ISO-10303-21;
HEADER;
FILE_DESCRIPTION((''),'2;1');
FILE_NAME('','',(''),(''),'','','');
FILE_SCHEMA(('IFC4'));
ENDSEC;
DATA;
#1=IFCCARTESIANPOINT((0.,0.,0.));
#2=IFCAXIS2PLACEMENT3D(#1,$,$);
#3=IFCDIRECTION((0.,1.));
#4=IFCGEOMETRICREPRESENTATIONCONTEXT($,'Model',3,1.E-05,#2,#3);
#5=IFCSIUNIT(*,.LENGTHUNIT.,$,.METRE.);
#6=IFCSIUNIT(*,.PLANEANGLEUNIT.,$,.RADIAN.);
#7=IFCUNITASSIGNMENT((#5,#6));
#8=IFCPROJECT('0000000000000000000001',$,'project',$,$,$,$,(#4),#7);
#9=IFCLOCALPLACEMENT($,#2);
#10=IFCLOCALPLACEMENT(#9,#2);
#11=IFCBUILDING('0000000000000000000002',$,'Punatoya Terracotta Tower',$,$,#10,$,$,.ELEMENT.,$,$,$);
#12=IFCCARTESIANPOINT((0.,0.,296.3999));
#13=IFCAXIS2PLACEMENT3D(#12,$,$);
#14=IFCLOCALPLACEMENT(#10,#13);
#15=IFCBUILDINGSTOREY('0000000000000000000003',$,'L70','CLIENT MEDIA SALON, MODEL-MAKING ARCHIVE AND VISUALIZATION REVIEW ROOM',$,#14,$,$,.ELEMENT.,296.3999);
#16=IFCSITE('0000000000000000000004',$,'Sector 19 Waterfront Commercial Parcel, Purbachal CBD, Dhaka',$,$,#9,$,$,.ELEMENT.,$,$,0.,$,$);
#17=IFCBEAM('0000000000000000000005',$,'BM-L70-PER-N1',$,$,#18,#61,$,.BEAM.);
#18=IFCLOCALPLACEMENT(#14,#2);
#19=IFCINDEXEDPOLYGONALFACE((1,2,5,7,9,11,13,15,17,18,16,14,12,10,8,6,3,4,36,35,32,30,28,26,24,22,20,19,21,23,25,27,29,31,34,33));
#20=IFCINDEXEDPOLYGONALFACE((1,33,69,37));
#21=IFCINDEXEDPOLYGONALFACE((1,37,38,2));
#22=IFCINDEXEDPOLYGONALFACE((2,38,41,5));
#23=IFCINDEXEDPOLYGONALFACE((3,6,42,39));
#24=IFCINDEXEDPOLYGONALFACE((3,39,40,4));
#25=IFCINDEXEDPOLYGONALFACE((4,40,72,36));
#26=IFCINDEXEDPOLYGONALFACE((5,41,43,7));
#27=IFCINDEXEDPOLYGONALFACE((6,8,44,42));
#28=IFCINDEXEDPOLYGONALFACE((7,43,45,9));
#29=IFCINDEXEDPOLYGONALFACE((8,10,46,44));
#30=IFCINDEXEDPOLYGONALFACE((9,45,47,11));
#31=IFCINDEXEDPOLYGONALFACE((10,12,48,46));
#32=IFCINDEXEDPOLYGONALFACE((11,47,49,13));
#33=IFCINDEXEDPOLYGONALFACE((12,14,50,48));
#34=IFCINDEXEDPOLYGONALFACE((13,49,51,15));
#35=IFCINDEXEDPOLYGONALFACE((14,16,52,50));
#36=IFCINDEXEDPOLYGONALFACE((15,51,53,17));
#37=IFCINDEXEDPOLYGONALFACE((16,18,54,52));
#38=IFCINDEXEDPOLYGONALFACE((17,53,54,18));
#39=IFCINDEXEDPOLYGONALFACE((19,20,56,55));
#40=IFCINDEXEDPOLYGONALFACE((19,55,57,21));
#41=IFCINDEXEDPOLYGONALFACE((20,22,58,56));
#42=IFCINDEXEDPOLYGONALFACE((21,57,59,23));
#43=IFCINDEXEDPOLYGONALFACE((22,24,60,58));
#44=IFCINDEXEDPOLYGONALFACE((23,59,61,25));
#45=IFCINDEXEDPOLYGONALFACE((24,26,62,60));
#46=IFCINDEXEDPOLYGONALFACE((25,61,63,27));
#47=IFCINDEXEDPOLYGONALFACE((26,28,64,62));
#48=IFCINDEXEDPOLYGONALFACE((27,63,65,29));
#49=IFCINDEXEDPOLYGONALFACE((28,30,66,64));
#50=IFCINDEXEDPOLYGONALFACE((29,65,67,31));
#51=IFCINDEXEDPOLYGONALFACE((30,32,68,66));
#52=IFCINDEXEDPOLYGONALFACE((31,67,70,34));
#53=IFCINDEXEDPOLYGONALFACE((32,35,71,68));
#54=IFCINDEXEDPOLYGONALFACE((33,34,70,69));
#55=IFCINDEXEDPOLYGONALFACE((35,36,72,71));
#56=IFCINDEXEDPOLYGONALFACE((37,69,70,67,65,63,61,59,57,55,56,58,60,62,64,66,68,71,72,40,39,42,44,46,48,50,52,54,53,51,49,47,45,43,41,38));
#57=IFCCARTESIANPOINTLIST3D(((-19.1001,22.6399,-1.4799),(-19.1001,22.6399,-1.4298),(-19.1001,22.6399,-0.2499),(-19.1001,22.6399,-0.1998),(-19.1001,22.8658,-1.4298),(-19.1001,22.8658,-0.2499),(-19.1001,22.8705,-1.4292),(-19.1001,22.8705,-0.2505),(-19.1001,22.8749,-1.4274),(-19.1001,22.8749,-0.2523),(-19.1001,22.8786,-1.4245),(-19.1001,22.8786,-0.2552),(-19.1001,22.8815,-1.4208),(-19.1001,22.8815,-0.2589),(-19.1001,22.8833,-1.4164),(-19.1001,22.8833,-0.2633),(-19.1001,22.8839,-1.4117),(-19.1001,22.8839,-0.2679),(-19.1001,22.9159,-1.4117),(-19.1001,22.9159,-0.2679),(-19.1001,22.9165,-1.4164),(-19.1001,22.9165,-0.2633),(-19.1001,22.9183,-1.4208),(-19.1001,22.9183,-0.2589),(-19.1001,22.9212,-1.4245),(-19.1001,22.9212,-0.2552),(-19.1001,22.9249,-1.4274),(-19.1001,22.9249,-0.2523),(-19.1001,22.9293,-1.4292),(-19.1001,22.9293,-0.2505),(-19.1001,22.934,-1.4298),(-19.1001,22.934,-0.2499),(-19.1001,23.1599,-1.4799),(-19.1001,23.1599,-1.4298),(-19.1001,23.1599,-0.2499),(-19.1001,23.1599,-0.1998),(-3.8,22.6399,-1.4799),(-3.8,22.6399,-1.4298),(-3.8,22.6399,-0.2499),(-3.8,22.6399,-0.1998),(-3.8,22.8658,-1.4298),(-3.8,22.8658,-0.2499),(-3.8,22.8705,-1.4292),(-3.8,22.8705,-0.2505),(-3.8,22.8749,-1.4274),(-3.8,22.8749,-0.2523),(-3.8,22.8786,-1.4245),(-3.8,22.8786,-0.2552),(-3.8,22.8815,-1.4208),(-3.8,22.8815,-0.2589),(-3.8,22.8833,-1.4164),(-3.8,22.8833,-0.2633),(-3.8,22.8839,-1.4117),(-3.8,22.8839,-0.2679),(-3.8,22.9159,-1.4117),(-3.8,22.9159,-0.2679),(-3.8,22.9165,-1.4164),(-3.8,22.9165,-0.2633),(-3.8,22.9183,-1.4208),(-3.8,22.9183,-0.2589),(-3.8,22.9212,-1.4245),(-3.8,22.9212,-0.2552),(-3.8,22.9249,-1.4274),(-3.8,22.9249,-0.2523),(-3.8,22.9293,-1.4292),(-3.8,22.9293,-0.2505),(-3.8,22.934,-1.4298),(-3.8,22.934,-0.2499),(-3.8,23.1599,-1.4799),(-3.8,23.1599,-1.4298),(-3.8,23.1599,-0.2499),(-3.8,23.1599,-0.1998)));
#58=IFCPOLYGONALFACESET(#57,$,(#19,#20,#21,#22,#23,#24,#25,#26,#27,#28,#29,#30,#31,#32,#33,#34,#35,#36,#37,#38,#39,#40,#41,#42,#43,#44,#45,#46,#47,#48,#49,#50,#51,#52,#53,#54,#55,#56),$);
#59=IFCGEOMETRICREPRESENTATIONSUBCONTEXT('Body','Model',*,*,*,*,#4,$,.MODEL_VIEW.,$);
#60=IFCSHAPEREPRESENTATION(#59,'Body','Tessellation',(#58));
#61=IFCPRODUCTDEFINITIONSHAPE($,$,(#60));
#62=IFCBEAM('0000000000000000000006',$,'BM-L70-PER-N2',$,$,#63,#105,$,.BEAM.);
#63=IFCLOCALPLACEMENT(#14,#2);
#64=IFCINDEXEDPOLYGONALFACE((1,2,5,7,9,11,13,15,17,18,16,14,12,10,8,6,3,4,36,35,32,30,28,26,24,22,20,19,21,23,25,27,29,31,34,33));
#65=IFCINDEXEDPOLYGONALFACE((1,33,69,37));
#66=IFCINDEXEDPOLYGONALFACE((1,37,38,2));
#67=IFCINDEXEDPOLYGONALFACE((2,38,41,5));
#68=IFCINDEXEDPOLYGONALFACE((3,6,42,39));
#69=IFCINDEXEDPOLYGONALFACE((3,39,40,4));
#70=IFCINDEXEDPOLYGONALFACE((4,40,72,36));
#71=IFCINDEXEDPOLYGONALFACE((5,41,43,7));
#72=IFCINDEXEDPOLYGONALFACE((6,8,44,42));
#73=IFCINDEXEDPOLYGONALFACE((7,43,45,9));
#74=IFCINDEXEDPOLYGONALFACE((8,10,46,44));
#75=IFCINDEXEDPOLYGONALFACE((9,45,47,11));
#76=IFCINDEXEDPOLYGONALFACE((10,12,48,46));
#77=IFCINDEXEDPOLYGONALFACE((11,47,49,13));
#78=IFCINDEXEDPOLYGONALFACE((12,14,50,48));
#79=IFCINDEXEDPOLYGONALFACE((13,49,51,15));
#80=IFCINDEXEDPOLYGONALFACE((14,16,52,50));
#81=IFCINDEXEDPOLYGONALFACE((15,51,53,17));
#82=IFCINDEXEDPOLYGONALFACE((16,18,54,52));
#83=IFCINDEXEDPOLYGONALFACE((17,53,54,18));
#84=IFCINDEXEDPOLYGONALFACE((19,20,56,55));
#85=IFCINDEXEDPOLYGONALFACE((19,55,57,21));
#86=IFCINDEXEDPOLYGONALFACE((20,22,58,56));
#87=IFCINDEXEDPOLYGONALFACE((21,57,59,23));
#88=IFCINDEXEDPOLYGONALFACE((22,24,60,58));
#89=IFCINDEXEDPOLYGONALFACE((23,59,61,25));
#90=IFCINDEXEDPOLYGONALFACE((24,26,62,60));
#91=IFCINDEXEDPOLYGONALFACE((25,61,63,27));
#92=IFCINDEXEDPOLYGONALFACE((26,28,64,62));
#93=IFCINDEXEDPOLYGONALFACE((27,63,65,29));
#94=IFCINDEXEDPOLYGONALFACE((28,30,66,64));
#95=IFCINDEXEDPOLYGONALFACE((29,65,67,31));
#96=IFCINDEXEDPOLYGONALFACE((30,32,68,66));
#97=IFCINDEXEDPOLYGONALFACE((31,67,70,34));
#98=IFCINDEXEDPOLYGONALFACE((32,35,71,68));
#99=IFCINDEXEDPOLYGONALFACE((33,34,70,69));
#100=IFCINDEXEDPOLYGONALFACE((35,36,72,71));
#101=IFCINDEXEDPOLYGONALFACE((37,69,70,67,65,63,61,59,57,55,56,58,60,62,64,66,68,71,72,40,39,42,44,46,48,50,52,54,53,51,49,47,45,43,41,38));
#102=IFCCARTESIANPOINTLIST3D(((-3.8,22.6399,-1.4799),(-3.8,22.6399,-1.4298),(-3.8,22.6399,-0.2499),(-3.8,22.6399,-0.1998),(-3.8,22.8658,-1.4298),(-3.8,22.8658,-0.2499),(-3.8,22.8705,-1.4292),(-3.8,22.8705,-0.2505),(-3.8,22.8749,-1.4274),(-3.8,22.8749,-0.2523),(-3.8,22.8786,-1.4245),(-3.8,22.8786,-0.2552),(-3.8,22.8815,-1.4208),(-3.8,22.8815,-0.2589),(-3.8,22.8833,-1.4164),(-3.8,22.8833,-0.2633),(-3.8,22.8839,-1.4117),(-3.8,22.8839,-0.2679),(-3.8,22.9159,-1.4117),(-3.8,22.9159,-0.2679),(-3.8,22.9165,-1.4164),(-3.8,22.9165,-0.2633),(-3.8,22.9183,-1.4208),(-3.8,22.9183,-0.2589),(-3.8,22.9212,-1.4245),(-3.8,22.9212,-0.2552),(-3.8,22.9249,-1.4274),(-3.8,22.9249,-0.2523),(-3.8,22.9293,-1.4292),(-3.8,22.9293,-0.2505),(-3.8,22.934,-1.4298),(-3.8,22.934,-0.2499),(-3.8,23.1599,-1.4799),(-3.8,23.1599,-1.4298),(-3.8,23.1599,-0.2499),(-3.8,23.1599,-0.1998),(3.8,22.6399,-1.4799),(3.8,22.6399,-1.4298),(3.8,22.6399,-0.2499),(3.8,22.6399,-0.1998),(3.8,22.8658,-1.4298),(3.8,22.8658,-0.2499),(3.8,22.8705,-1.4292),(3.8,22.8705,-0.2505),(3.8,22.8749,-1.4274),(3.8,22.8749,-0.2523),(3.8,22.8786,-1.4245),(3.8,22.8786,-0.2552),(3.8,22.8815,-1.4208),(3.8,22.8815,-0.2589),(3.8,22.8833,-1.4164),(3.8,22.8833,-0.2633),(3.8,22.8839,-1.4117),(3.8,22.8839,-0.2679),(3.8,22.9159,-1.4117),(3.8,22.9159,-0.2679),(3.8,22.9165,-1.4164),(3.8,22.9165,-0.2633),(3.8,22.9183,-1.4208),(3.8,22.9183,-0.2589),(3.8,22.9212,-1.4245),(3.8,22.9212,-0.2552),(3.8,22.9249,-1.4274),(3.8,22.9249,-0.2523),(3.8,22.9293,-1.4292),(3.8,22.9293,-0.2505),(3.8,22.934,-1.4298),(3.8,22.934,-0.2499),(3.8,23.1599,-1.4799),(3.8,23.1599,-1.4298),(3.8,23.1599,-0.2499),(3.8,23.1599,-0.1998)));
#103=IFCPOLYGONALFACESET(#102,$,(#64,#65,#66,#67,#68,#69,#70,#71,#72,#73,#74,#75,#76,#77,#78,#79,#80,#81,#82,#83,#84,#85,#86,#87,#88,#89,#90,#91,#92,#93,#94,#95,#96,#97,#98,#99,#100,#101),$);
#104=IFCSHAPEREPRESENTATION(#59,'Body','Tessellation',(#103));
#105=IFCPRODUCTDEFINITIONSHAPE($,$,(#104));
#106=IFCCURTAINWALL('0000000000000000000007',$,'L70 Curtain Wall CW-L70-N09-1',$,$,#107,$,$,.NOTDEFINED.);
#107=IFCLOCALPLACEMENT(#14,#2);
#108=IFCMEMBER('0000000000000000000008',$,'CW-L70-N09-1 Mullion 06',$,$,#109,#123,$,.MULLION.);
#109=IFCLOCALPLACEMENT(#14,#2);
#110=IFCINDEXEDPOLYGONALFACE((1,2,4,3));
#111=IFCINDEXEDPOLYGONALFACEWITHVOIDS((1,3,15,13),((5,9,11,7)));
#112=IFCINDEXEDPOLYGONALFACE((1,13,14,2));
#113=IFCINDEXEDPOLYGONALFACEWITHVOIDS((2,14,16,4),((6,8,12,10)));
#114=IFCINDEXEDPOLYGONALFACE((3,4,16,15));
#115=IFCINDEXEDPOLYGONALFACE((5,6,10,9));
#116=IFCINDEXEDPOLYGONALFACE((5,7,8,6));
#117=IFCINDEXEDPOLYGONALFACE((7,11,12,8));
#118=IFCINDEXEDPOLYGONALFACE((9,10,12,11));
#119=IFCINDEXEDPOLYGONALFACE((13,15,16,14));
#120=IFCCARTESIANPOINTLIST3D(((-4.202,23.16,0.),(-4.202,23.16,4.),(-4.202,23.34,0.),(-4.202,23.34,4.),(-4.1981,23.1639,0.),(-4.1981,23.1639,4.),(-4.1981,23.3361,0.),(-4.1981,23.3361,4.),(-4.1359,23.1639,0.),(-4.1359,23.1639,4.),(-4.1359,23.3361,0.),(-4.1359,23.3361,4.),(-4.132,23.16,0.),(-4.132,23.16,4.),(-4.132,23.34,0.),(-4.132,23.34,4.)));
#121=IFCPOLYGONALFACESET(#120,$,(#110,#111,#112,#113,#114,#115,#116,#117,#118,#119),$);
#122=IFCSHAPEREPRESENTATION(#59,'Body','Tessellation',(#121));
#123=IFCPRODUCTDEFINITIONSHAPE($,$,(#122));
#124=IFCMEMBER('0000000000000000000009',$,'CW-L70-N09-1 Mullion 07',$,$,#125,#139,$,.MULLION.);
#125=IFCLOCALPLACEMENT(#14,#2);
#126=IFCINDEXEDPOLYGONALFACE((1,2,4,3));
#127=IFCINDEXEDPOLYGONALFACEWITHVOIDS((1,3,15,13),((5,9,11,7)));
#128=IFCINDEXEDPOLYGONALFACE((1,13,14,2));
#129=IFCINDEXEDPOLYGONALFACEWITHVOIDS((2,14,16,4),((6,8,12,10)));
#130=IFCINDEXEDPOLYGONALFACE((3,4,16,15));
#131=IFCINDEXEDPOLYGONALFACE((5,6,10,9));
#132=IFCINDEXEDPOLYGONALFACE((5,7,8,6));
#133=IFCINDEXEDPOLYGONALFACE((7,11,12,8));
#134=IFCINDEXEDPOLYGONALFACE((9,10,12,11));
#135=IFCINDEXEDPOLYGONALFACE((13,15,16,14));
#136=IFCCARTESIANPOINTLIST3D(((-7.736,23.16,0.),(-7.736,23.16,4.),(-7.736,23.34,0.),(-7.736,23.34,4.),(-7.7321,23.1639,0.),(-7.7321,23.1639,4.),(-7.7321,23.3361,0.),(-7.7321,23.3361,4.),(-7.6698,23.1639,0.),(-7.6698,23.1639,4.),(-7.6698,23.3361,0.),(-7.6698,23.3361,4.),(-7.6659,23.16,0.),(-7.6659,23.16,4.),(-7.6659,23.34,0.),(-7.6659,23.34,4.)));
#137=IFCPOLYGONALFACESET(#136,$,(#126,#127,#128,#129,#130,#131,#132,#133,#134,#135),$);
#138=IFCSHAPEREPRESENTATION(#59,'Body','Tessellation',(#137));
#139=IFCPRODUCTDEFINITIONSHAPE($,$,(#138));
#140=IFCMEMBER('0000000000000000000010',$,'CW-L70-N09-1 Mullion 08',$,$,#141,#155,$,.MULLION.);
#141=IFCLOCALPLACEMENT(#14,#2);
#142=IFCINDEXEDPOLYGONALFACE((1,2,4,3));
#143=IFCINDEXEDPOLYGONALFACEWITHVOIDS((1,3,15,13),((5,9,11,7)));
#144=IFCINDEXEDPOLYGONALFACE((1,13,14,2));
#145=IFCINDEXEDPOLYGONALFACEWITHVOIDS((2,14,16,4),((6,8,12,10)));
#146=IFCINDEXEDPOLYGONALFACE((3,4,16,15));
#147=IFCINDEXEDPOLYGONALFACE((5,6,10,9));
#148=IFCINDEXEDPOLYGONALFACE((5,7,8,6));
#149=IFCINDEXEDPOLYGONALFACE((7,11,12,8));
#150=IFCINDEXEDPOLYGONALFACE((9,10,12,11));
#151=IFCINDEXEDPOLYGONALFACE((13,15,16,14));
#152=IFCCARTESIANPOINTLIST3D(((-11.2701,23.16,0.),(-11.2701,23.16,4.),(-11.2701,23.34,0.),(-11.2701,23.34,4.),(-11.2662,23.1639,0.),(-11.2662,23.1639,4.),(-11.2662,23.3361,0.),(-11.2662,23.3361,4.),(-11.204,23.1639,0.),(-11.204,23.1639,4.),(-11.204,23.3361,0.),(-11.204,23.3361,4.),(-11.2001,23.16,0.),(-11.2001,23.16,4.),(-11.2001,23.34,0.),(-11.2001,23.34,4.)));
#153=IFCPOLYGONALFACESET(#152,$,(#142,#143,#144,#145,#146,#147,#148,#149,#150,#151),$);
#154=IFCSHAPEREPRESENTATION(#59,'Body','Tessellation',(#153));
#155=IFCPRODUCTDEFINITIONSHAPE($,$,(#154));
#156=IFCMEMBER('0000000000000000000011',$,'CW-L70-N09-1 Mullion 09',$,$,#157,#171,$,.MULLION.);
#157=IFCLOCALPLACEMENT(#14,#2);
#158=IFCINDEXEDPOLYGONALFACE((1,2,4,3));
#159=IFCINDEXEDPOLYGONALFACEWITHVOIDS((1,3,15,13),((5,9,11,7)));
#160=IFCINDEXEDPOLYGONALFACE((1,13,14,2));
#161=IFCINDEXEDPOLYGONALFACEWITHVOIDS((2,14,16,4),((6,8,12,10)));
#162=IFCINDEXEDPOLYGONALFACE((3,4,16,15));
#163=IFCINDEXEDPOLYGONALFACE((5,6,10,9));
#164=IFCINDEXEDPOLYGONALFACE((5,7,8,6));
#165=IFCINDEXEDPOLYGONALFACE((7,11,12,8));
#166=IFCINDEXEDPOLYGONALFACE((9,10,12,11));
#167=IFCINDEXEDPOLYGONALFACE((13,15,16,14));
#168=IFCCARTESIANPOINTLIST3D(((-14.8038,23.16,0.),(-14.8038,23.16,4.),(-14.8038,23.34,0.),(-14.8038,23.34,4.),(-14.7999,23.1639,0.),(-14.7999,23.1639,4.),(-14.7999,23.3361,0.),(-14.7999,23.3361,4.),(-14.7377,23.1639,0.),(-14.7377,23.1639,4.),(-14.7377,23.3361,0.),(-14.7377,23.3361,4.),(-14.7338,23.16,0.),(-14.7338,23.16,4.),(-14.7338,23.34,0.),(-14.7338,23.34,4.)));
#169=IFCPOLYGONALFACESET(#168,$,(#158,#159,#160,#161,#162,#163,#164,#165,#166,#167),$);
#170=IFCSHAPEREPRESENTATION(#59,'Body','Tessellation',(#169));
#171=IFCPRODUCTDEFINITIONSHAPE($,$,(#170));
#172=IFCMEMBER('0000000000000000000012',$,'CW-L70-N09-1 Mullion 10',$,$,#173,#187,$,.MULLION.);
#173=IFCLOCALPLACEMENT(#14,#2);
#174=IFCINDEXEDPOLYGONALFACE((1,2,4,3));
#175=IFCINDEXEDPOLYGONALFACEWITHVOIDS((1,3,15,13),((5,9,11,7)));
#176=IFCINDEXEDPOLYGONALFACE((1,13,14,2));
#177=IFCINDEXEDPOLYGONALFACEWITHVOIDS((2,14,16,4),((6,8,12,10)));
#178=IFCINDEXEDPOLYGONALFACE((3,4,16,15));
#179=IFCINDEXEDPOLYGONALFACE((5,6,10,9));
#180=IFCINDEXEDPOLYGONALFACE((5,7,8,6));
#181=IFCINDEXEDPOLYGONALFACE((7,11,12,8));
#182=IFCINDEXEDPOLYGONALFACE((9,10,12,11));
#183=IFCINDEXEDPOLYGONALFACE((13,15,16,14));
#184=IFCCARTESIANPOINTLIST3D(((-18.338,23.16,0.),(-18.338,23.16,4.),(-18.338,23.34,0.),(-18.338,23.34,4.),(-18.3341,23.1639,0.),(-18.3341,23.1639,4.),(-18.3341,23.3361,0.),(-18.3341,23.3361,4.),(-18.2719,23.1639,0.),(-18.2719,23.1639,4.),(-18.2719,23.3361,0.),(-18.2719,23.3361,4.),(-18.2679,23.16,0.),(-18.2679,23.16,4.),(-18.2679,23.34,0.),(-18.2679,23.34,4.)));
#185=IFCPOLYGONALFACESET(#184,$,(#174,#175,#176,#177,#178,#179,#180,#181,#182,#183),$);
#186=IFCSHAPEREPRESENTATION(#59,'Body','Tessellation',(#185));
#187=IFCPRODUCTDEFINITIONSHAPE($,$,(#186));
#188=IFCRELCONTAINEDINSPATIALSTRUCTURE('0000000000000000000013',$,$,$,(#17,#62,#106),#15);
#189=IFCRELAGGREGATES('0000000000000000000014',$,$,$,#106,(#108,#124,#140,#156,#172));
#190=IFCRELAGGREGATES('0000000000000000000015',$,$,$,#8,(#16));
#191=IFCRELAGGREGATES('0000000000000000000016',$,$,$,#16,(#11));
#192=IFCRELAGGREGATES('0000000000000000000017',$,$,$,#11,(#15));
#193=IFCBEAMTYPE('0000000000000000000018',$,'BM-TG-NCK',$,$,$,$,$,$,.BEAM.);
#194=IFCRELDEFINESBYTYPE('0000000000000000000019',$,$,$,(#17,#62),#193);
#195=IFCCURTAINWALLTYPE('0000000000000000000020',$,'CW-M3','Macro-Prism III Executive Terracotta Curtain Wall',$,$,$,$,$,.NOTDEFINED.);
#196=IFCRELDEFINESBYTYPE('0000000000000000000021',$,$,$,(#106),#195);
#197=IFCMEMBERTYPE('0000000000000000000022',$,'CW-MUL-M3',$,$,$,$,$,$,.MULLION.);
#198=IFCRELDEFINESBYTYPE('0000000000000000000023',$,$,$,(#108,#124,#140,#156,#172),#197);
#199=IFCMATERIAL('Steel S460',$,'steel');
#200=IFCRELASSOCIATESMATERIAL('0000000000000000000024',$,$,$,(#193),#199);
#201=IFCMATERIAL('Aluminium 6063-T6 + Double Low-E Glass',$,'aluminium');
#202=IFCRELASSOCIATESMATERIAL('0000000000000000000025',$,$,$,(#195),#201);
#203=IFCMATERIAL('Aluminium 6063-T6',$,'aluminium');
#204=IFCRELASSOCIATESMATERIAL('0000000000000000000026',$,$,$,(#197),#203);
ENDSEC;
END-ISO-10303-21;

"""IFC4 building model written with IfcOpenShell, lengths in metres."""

from ifc_helpers import new_model, si_unit, direction, frame, origin, origin_2d, place, context, subcontext, project, spatial, hollow_rectangle, i_section, extrude, material, material_profile, profile_set, type_object, element, aggregate, save


model = new_model("IFC4")

# Units and contexts
model_context = context("Model", 3, precision=1e-05, world=origin(), true_north=direction((0.0, 1.0)))
body_context = subcontext(model_context, "Body", "Model", "MODEL_VIEW")
ifc_project = project(units=[si_unit("LENGTHUNIT", "METRE"), si_unit("PLANEANGLEUNIT", "RADIAN")], contexts=[model_context])

# Site, building, storey
site_placement = place(None, origin())
site = spatial("IfcSite", under=ifc_project, at=site_placement, Name="Sector 19 Waterfront Commercial Parcel, Purbachal CBD, Dhaka", CompositionType="ELEMENT", RefElevation=0.0)
building_placement = place(site_placement, origin())
building = spatial("IfcBuilding", under=site, at=building_placement, Name="Punatoya Terracotta Tower", CompositionType="ELEMENT")
storey_placement = place(building_placement, frame((0.0, 0.0, 296.3999)))
storey = spatial("IfcBuildingStorey", under=building, at=storey_placement, Name="L70", Description="CLIENT MEDIA SALON, MODEL-MAKING ARCHIVE AND VISUALIZATION REVIEW ROOM", CompositionType="ELEMENT", Elevation=296.3999)

# Shared definitions
ifc_material_1 = material(Name="Steel S460", Category="steel")

# Beams
ifc_material_profile_1 = material_profile(ifc_material_1, i_section(OverallWidth=0.52, OverallDepth=1.28, WebThickness=0.032, FlangeThickness=0.05, FilletRadius=0.0181, at=origin_2d()))
ifc_profile_set_1 = profile_set([ifc_material_profile_1], Name="Steel S460")
beam_type_1 = type_object("IfcBeamType", Name="BM-TG-NCK", PredefinedType="BEAM", material=ifc_profile_set_1)
beam_1_placement = place(storey_placement, frame((-19.1001, 22.8999, -0.8398), z_axis=(1.0, 0.0, 0.0), x_axis=(0.0, 1.0, 0.0)))
element("IfcBeam", 1, at=beam_1_placement, inside=storey, type_object=beam_type_1, Name="BM-L70-PER-N1", PredefinedType="BEAM", context=body_context, shape_type="SweptSolid", body=[
    extrude(i_section(OverallWidth=0.52, OverallDepth=1.28, WebThickness=0.032, FlangeThickness=0.05, FilletRadius=0.0181, at=origin_2d()), origin(), (0.0, 0.0, 1.0), 15.3),
])
beam_2_placement = place(storey_placement, frame((-3.8, 22.8999, -0.8398), z_axis=(1.0, 0.0, 0.0), x_axis=(0.0, 1.0, 0.0)))
element("IfcBeam", 2, at=beam_2_placement, inside=storey, type_object=beam_type_1, Name="BM-L70-PER-N2", PredefinedType="BEAM", context=body_context, shape_type="SweptSolid", body=[
    extrude(i_section(OverallWidth=0.52, OverallDepth=1.28, WebThickness=0.032, FlangeThickness=0.05, FilletRadius=0.0181, at=origin_2d()), origin(), (0.0, 0.0, 1.0), 7.6001),
])

# Curtain wall, members
ifc_material_2 = material(Name="Aluminium 6063-T6 + Double Low-E Glass", Category="aluminium")
curtain_wall_type = type_object("IfcCurtainWallType", Name="CW-M3", Description="Macro-Prism III Executive Terracotta Curtain Wall", PredefinedType="NOTDEFINED", material=ifc_material_2)
curtain_wall_placement = place(storey_placement, origin())
curtain_wall = element("IfcCurtainWall", 3, at=curtain_wall_placement, inside=storey, type_object=curtain_wall_type, Name="L70 Curtain Wall CW-L70-N09-1", PredefinedType="NOTDEFINED")
ifc_material_3 = material(Name="Aluminium 6063-T6", Category="aluminium")
ifc_material_profile_2 = material_profile(ifc_material_3, hollow_rectangle(XDim=0.0701, YDim=0.1799, WallThickness=0.0039, at=origin_2d()))
ifc_profile_set_2 = profile_set([ifc_material_profile_2], Name="Aluminium 6063-T6")
member_type = type_object("IfcMemberType", Name="CW-MUL-M3", PredefinedType="MULLION", material=ifc_profile_set_2)
member_1_placement = place(storey_placement, frame((-4.167, 23.25, 0.0), z_axis=(0.0, 0.0, 1.0), x_axis=(1.0, 0.0, 0.0)))
member_1 = element("IfcMember", 4, at=member_1_placement, type_object=member_type, Name="CW-L70-N09-1 Mullion 06", PredefinedType="MULLION", context=body_context, shape_type="SweptSolid", body=[
    extrude(hollow_rectangle(XDim=0.0701, YDim=0.1799, WallThickness=0.0039, at=origin_2d()), origin(), (0.0, 0.0, 1.0), 4.0),
])
member_2_placement = place(storey_placement, frame((-7.7009, 23.25, 0.0), z_axis=(0.0, 0.0, 1.0), x_axis=(1.0, 0.0, 0.0)))
member_2 = element("IfcMember", 5, at=member_2_placement, type_object=member_type, Name="CW-L70-N09-1 Mullion 07", PredefinedType="MULLION", context=body_context, shape_type="SweptSolid", body=[
    extrude(hollow_rectangle(XDim=0.0701, YDim=0.1799, WallThickness=0.0039, at=origin_2d()), origin(), (0.0, 0.0, 1.0), 4.0),
])
member_3_placement = place(storey_placement, frame((-11.2351, 23.25, 0.0), z_axis=(0.0, 0.0, 1.0), x_axis=(1.0, 0.0, 0.0)))
member_3 = element("IfcMember", 6, at=member_3_placement, type_object=member_type, Name="CW-L70-N09-1 Mullion 08", PredefinedType="MULLION", context=body_context, shape_type="SweptSolid", body=[
    extrude(hollow_rectangle(XDim=0.0701, YDim=0.1799, WallThickness=0.0039, at=origin_2d()), origin(), (0.0, 0.0, 1.0), 4.0),
])
member_4_placement = place(storey_placement, frame((-14.7688, 23.25, 0.0), z_axis=(0.0, 0.0, 1.0), x_axis=(1.0, 0.0, 0.0)))
member_4 = element("IfcMember", 7, at=member_4_placement, type_object=member_type, Name="CW-L70-N09-1 Mullion 09", PredefinedType="MULLION", context=body_context, shape_type="SweptSolid", body=[
    extrude(hollow_rectangle(XDim=0.0701, YDim=0.1799, WallThickness=0.0039, at=origin_2d()), origin(), (0.0, 0.0, 1.0), 4.0),
])
member_5_placement = place(storey_placement, frame((-18.303, 23.25, 0.0), z_axis=(0.0, 0.0, 1.0), x_axis=(1.0, 0.0, 0.0)))
member_5 = element("IfcMember", 8, at=member_5_placement, type_object=member_type, Name="CW-L70-N09-1 Mullion 10", PredefinedType="MULLION", context=body_context, shape_type="SweptSolid", body=[
    extrude(hollow_rectangle(XDim=0.0701, YDim=0.1799, WallThickness=0.0039, at=origin_2d()), origin(), (0.0, 0.0, 1.0), 4.0),
])
aggregate(curtain_wall, [member_1, member_2, member_3, member_4, member_5])

save(model, "model.ifc")
